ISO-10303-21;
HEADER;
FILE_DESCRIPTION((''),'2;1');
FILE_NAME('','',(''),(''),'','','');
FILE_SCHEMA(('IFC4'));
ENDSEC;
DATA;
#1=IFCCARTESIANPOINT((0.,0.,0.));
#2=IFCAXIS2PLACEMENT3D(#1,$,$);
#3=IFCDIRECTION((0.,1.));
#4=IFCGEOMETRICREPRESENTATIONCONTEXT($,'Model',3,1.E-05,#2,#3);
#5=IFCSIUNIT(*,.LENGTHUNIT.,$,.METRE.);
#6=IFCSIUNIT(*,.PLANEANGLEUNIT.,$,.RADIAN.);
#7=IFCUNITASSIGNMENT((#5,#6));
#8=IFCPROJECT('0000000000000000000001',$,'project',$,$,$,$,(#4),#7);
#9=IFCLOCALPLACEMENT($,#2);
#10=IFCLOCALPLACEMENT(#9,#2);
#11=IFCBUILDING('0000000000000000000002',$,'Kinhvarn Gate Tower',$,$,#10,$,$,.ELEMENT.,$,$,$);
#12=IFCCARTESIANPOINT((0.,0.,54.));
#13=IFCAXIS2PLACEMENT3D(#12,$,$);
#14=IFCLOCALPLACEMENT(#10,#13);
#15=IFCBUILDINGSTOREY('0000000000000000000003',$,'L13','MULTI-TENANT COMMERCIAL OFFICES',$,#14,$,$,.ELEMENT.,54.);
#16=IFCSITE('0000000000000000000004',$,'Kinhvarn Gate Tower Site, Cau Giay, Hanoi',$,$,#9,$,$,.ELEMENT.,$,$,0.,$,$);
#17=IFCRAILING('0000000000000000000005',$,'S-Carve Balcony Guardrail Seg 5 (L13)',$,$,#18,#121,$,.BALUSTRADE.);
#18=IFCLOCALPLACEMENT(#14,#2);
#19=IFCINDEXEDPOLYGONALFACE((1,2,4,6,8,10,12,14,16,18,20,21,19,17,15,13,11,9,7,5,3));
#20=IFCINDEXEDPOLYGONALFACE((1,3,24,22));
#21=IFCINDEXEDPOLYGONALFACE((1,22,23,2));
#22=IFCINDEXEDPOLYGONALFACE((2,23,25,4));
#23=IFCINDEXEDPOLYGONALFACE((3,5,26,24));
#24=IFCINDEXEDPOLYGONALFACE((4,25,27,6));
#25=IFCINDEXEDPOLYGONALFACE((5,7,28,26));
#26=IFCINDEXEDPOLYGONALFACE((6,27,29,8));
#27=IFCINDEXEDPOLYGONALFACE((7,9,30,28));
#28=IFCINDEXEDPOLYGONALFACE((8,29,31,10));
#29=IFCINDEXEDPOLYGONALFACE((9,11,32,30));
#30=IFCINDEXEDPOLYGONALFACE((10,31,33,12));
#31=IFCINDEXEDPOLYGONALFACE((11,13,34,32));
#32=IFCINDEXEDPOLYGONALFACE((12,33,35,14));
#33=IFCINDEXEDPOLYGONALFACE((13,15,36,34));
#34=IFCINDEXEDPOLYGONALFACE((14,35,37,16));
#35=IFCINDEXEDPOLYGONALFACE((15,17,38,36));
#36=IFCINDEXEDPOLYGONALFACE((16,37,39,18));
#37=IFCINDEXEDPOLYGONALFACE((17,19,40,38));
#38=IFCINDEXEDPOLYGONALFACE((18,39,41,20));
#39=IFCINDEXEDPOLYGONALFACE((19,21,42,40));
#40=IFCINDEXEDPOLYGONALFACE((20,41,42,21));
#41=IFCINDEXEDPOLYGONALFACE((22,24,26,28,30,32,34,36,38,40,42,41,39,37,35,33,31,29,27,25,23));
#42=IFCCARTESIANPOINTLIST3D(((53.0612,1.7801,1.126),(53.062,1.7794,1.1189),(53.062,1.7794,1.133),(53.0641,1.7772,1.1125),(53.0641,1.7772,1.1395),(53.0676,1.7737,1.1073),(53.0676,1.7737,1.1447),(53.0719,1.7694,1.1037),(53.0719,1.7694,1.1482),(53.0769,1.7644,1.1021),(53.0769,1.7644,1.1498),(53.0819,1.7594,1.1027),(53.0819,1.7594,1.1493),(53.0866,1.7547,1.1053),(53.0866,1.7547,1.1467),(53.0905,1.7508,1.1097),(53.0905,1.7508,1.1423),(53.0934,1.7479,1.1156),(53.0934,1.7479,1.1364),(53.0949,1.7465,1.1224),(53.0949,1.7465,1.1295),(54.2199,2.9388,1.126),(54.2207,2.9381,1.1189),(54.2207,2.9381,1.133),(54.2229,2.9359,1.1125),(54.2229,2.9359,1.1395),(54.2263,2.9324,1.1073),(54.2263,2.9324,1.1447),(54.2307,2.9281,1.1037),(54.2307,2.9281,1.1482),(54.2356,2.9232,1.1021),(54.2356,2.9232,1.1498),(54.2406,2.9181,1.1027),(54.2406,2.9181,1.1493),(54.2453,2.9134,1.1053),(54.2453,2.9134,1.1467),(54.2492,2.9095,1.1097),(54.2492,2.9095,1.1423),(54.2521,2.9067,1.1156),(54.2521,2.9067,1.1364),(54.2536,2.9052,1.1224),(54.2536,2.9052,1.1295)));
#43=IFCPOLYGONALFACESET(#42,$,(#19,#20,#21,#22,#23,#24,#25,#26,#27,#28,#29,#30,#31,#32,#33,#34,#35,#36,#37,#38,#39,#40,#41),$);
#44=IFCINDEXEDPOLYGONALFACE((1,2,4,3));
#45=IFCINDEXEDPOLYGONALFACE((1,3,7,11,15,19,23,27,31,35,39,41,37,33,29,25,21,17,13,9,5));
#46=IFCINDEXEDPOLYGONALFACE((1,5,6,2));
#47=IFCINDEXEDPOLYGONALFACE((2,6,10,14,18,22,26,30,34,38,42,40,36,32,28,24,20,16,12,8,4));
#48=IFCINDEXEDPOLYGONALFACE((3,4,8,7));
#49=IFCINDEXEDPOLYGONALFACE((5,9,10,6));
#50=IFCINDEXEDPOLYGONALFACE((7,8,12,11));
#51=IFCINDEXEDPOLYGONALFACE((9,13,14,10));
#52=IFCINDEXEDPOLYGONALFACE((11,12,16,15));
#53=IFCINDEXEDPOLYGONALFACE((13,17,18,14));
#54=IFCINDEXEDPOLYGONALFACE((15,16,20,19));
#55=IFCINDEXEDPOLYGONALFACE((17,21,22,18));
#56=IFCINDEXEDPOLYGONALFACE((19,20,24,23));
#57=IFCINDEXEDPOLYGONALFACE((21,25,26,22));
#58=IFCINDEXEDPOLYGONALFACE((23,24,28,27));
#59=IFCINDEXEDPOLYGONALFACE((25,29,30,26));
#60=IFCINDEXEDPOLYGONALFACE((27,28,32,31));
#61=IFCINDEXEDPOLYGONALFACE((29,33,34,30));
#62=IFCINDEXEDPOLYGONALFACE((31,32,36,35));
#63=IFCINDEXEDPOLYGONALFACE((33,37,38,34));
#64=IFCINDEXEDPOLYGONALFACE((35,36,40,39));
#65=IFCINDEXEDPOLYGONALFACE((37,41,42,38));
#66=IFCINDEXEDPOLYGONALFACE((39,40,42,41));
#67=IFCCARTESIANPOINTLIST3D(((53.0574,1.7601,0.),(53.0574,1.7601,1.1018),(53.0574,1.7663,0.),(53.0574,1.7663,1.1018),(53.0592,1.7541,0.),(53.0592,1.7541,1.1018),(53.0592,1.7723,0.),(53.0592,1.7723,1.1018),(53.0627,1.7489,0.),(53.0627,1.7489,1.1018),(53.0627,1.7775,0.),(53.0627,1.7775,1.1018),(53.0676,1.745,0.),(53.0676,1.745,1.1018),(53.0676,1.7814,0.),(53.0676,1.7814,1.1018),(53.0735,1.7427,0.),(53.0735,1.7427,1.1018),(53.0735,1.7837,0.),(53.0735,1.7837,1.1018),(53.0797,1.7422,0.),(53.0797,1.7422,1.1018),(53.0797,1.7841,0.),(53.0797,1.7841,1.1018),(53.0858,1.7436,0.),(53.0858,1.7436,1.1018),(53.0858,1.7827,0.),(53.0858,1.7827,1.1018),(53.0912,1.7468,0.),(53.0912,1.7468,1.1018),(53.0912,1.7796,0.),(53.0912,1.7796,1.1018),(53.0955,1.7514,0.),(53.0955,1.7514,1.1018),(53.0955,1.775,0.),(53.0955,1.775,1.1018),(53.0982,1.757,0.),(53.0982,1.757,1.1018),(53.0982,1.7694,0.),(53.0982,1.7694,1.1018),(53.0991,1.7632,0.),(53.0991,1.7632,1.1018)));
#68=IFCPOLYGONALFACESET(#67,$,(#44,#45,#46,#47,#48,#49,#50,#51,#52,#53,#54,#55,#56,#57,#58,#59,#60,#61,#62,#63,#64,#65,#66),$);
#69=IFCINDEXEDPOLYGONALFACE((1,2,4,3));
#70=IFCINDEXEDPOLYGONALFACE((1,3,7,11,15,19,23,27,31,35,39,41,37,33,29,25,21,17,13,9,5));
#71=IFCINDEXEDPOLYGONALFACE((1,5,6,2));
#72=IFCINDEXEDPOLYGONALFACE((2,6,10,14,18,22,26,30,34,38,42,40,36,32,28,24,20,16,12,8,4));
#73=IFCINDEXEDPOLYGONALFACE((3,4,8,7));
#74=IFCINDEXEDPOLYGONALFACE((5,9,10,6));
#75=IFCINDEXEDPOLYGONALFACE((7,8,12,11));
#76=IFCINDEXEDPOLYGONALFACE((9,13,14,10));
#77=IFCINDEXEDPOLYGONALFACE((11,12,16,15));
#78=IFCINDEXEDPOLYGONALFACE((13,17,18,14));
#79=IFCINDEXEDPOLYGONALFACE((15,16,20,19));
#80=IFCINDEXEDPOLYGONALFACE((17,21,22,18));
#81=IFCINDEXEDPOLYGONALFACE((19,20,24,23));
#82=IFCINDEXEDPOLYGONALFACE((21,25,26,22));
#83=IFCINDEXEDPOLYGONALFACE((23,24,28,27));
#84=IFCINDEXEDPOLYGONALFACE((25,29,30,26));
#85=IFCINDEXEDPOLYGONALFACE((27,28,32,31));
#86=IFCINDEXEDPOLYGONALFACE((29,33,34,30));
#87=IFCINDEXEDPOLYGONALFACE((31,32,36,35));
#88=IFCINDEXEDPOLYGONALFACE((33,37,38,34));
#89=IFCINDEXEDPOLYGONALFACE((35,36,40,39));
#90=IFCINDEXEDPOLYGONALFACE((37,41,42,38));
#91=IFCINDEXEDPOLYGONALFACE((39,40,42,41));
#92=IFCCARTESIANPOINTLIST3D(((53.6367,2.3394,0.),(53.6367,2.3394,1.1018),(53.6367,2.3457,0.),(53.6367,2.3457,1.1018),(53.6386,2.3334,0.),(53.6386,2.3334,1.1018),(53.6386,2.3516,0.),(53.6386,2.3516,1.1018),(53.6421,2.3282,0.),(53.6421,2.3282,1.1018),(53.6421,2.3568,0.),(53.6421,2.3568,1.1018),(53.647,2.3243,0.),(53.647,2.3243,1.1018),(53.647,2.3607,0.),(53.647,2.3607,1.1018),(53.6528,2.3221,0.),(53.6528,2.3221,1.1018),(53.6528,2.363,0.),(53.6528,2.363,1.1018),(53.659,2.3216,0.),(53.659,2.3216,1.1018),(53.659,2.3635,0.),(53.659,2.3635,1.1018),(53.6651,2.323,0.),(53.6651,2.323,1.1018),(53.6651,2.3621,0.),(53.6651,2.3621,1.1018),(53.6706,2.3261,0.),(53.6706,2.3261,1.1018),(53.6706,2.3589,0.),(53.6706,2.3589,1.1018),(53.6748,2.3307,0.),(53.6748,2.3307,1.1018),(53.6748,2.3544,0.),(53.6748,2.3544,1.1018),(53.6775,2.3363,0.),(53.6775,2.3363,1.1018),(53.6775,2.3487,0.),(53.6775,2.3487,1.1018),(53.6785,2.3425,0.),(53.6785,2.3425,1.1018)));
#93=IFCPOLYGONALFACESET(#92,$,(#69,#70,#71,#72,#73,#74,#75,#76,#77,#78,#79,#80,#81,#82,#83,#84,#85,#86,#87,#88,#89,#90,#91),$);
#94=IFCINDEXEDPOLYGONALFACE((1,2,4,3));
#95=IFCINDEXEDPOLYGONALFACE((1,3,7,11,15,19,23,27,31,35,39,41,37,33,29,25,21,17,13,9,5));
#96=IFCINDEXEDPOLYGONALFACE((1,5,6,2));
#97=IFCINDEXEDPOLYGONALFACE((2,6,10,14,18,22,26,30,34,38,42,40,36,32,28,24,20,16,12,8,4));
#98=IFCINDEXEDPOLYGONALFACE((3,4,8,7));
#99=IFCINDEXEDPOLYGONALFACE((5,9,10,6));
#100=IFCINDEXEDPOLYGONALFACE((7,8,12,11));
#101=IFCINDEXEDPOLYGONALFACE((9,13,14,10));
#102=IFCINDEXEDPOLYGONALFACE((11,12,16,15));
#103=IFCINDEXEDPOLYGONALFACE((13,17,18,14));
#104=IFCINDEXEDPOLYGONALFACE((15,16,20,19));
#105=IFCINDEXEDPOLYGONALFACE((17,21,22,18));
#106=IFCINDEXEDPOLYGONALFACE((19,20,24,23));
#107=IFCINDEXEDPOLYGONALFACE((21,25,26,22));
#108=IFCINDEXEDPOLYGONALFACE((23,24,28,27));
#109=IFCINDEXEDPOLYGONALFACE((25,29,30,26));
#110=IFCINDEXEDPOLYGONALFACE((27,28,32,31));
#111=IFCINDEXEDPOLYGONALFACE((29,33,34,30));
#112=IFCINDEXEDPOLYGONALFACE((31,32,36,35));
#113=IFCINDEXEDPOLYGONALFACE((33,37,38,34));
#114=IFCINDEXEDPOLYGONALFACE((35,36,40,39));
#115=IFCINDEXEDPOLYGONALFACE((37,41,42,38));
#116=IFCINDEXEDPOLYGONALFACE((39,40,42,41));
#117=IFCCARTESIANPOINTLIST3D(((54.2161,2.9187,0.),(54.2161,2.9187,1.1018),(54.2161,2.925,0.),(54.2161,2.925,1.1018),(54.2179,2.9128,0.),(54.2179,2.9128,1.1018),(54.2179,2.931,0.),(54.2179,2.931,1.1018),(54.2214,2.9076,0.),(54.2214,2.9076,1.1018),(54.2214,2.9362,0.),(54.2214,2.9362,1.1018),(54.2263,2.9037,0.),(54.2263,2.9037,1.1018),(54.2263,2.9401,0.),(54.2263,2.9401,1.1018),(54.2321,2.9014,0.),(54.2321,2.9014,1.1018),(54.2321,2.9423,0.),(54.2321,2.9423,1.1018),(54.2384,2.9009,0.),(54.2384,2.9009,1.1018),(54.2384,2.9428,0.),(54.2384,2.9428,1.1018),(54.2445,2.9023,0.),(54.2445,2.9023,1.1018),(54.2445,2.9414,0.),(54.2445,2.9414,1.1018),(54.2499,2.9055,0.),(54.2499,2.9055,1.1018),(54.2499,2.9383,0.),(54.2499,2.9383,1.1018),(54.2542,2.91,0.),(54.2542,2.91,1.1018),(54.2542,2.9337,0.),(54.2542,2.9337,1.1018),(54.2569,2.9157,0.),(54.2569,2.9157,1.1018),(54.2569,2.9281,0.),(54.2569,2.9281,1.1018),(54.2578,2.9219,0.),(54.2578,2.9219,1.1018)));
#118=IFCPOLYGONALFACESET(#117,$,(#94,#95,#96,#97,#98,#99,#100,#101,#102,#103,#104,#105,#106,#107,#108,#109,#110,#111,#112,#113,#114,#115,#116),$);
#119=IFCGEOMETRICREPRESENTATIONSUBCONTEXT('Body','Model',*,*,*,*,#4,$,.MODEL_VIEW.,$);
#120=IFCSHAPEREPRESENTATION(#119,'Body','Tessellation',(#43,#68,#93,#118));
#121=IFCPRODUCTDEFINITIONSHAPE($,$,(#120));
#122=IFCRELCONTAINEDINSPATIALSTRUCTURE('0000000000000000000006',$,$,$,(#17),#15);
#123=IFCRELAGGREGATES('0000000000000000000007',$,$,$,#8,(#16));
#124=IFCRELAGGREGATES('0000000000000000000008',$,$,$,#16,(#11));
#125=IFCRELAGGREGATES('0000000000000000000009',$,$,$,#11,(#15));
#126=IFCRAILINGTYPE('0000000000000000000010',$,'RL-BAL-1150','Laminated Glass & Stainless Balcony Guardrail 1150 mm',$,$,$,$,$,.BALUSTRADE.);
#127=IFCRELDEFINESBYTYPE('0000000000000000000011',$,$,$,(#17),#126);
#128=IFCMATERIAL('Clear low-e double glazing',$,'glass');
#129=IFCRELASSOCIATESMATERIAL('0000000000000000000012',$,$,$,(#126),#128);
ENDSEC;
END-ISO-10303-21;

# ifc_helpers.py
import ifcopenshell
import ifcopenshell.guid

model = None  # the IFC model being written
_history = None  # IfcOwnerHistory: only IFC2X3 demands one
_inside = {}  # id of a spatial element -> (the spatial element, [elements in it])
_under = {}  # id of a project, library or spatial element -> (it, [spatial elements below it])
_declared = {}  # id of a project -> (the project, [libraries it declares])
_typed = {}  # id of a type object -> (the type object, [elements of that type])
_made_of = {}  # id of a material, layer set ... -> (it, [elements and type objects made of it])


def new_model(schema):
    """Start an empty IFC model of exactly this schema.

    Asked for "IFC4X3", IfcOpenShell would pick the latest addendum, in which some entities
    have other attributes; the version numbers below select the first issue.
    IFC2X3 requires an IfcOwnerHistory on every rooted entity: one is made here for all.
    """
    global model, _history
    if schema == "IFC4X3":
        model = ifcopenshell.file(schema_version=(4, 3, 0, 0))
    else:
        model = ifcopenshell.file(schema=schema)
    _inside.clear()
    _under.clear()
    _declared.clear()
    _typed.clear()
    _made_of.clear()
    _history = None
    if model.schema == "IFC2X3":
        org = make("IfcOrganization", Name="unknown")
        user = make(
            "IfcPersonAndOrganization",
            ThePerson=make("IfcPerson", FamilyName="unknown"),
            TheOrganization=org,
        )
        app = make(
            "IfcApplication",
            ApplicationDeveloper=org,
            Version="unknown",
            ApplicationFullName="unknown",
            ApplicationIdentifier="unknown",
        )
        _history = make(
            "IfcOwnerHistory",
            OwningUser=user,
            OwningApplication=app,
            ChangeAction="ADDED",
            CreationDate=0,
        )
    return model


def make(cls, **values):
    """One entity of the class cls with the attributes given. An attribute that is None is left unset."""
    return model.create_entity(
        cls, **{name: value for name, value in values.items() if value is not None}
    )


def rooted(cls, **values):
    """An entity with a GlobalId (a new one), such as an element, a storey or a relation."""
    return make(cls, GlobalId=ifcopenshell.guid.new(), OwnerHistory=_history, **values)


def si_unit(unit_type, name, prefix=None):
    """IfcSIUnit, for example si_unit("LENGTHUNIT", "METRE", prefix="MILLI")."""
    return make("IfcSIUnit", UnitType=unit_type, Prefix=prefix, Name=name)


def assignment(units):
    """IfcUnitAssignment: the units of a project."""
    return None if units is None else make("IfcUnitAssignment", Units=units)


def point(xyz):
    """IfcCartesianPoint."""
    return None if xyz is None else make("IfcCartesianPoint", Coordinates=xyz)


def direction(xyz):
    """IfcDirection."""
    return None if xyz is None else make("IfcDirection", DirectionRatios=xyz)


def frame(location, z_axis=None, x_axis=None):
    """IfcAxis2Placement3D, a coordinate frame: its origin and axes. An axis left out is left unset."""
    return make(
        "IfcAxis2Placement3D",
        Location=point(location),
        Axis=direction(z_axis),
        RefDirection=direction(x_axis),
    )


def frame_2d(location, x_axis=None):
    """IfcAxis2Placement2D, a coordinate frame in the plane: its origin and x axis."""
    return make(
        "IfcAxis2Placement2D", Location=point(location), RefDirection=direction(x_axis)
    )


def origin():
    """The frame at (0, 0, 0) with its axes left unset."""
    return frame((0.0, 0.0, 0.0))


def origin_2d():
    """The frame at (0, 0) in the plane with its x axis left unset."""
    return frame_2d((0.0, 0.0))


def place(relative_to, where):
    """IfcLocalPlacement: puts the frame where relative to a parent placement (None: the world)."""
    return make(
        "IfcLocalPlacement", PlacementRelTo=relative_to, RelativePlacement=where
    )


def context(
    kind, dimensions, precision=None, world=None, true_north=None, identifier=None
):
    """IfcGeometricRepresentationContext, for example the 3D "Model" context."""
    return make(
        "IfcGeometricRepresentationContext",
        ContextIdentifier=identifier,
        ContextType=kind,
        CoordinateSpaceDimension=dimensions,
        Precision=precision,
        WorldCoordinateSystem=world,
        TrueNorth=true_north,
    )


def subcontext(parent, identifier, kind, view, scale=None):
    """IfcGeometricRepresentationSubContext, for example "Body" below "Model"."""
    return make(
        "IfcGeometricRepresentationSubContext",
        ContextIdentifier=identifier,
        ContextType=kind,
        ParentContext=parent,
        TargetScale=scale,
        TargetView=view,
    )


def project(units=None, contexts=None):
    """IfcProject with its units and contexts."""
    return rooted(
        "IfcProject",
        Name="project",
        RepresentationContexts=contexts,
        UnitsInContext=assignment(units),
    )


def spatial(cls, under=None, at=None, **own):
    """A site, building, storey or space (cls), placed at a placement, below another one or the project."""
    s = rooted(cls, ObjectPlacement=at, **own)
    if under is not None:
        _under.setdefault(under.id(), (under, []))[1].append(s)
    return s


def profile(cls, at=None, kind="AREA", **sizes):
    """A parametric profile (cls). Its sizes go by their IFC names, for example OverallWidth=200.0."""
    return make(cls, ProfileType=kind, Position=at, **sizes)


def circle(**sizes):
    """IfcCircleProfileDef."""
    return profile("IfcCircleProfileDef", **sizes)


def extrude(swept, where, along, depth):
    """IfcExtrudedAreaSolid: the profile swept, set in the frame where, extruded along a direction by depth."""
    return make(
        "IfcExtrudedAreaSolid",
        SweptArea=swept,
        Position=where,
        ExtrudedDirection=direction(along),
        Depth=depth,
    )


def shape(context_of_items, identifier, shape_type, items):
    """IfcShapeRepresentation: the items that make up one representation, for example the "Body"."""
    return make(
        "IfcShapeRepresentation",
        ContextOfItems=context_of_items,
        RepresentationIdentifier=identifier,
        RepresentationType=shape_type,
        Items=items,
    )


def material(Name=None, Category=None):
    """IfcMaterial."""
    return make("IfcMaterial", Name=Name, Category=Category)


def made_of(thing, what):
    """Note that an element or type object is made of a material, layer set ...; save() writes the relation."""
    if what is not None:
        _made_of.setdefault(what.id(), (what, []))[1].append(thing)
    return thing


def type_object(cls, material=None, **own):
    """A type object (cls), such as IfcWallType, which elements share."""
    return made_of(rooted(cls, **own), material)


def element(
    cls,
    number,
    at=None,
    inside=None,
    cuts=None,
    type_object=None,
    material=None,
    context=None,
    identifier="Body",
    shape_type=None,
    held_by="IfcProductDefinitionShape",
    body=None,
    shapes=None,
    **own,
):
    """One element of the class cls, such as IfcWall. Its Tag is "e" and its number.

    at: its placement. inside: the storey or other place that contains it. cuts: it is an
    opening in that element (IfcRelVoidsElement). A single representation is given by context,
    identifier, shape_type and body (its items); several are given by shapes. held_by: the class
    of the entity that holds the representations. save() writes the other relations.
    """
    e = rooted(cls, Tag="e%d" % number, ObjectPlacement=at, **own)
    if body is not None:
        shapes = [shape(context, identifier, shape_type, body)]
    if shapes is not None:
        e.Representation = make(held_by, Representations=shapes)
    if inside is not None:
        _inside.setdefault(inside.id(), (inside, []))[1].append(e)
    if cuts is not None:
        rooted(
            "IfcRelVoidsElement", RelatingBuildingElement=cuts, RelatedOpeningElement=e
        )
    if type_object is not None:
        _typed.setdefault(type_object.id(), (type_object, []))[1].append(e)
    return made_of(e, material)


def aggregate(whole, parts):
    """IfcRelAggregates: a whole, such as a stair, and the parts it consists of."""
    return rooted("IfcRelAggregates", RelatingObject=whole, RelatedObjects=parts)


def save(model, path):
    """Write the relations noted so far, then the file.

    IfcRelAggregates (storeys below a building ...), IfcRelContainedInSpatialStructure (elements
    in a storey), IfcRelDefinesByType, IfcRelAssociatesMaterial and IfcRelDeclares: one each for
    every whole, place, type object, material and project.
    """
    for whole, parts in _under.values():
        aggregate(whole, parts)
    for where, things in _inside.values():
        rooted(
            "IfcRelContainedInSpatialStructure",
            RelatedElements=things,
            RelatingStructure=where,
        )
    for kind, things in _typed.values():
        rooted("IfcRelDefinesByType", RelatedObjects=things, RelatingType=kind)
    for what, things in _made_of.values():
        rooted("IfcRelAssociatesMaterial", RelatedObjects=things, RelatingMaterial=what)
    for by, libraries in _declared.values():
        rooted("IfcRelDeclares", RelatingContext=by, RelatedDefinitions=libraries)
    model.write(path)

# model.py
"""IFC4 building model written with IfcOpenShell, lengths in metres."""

from ifc_helpers import new_model, si_unit, direction, frame, origin, origin_2d, place, context, subcontext, project, spatial, circle, extrude, material, type_object, element, save


model = new_model("IFC4")

# Units and contexts
model_context = context("Model", 3, precision=1e-05, world=origin(), true_north=direction((0.0, 1.0)))
body_context = subcontext(model_context, "Body", "Model", "MODEL_VIEW")
ifc_project = project(units=[si_unit("LENGTHUNIT", "METRE"), si_unit("PLANEANGLEUNIT", "RADIAN")], contexts=[model_context])

# Site, building, storey
site_placement = place(None, origin())
site = spatial("IfcSite", under=ifc_project, at=site_placement, Name="Kinhvarn Gate Tower Site, Cau Giay, Hanoi", CompositionType="ELEMENT", RefElevation=0.0)
building_placement = place(site_placement, origin())
building = spatial("IfcBuilding", under=site, at=building_placement, Name="Kinhvarn Gate Tower", CompositionType="ELEMENT")
storey_placement = place(building_placement, frame((0.0, 0.0, 54.0)))
storey = spatial("IfcBuildingStorey", under=building, at=storey_placement, Name="L13", Description="MULTI-TENANT COMMERCIAL OFFICES", CompositionType="ELEMENT", Elevation=54.0)

# Shared definitions
ifc_material_1 = material(Name="Clear low-e double glazing", Category="glass")

# Railing
railing_type = type_object("IfcRailingType", Name="RL-BAL-1150", Description="Laminated Glass & Stainless Balcony Guardrail 1150 mm", PredefinedType="BALUSTRADE", material=ifc_material_1)
railing_1_placement = place(storey_placement, frame((53.0781, 1.7632, 0.0)))
element("IfcRailing", 1, at=railing_1_placement, inside=storey, type_object=railing_type, Name="S-Carve Balcony Guardrail Seg 5 (L13)", PredefinedType="BALUSTRADE", context=body_context, shape_type="SweptSolid", body=[
    extrude(circle(Radius=0.0239, at=origin_2d()), frame((0.0, 0.0, 1.126), z_axis=(0.707107, 0.707107, 0.0), x_axis=(-0.707107, 0.707107, 0.0)), (0.0, 0.0, 1.0), 1.6387),
    extrude(circle(Radius=0.021, at=origin_2d()), origin(), (0.0, 0.0, 1.0), 1.1018),
    extrude(circle(Radius=0.021, at=origin_2d()), frame((0.5793, 0.5793, 0.0)), (0.0, 0.0, 1.0), 1.1018),
    extrude(circle(Radius=0.021, at=origin_2d()), frame((1.1587, 1.1587, 0.0)), (0.0, 0.0, 1.0), 1.1018),
])

save(model, "model.ifc")
